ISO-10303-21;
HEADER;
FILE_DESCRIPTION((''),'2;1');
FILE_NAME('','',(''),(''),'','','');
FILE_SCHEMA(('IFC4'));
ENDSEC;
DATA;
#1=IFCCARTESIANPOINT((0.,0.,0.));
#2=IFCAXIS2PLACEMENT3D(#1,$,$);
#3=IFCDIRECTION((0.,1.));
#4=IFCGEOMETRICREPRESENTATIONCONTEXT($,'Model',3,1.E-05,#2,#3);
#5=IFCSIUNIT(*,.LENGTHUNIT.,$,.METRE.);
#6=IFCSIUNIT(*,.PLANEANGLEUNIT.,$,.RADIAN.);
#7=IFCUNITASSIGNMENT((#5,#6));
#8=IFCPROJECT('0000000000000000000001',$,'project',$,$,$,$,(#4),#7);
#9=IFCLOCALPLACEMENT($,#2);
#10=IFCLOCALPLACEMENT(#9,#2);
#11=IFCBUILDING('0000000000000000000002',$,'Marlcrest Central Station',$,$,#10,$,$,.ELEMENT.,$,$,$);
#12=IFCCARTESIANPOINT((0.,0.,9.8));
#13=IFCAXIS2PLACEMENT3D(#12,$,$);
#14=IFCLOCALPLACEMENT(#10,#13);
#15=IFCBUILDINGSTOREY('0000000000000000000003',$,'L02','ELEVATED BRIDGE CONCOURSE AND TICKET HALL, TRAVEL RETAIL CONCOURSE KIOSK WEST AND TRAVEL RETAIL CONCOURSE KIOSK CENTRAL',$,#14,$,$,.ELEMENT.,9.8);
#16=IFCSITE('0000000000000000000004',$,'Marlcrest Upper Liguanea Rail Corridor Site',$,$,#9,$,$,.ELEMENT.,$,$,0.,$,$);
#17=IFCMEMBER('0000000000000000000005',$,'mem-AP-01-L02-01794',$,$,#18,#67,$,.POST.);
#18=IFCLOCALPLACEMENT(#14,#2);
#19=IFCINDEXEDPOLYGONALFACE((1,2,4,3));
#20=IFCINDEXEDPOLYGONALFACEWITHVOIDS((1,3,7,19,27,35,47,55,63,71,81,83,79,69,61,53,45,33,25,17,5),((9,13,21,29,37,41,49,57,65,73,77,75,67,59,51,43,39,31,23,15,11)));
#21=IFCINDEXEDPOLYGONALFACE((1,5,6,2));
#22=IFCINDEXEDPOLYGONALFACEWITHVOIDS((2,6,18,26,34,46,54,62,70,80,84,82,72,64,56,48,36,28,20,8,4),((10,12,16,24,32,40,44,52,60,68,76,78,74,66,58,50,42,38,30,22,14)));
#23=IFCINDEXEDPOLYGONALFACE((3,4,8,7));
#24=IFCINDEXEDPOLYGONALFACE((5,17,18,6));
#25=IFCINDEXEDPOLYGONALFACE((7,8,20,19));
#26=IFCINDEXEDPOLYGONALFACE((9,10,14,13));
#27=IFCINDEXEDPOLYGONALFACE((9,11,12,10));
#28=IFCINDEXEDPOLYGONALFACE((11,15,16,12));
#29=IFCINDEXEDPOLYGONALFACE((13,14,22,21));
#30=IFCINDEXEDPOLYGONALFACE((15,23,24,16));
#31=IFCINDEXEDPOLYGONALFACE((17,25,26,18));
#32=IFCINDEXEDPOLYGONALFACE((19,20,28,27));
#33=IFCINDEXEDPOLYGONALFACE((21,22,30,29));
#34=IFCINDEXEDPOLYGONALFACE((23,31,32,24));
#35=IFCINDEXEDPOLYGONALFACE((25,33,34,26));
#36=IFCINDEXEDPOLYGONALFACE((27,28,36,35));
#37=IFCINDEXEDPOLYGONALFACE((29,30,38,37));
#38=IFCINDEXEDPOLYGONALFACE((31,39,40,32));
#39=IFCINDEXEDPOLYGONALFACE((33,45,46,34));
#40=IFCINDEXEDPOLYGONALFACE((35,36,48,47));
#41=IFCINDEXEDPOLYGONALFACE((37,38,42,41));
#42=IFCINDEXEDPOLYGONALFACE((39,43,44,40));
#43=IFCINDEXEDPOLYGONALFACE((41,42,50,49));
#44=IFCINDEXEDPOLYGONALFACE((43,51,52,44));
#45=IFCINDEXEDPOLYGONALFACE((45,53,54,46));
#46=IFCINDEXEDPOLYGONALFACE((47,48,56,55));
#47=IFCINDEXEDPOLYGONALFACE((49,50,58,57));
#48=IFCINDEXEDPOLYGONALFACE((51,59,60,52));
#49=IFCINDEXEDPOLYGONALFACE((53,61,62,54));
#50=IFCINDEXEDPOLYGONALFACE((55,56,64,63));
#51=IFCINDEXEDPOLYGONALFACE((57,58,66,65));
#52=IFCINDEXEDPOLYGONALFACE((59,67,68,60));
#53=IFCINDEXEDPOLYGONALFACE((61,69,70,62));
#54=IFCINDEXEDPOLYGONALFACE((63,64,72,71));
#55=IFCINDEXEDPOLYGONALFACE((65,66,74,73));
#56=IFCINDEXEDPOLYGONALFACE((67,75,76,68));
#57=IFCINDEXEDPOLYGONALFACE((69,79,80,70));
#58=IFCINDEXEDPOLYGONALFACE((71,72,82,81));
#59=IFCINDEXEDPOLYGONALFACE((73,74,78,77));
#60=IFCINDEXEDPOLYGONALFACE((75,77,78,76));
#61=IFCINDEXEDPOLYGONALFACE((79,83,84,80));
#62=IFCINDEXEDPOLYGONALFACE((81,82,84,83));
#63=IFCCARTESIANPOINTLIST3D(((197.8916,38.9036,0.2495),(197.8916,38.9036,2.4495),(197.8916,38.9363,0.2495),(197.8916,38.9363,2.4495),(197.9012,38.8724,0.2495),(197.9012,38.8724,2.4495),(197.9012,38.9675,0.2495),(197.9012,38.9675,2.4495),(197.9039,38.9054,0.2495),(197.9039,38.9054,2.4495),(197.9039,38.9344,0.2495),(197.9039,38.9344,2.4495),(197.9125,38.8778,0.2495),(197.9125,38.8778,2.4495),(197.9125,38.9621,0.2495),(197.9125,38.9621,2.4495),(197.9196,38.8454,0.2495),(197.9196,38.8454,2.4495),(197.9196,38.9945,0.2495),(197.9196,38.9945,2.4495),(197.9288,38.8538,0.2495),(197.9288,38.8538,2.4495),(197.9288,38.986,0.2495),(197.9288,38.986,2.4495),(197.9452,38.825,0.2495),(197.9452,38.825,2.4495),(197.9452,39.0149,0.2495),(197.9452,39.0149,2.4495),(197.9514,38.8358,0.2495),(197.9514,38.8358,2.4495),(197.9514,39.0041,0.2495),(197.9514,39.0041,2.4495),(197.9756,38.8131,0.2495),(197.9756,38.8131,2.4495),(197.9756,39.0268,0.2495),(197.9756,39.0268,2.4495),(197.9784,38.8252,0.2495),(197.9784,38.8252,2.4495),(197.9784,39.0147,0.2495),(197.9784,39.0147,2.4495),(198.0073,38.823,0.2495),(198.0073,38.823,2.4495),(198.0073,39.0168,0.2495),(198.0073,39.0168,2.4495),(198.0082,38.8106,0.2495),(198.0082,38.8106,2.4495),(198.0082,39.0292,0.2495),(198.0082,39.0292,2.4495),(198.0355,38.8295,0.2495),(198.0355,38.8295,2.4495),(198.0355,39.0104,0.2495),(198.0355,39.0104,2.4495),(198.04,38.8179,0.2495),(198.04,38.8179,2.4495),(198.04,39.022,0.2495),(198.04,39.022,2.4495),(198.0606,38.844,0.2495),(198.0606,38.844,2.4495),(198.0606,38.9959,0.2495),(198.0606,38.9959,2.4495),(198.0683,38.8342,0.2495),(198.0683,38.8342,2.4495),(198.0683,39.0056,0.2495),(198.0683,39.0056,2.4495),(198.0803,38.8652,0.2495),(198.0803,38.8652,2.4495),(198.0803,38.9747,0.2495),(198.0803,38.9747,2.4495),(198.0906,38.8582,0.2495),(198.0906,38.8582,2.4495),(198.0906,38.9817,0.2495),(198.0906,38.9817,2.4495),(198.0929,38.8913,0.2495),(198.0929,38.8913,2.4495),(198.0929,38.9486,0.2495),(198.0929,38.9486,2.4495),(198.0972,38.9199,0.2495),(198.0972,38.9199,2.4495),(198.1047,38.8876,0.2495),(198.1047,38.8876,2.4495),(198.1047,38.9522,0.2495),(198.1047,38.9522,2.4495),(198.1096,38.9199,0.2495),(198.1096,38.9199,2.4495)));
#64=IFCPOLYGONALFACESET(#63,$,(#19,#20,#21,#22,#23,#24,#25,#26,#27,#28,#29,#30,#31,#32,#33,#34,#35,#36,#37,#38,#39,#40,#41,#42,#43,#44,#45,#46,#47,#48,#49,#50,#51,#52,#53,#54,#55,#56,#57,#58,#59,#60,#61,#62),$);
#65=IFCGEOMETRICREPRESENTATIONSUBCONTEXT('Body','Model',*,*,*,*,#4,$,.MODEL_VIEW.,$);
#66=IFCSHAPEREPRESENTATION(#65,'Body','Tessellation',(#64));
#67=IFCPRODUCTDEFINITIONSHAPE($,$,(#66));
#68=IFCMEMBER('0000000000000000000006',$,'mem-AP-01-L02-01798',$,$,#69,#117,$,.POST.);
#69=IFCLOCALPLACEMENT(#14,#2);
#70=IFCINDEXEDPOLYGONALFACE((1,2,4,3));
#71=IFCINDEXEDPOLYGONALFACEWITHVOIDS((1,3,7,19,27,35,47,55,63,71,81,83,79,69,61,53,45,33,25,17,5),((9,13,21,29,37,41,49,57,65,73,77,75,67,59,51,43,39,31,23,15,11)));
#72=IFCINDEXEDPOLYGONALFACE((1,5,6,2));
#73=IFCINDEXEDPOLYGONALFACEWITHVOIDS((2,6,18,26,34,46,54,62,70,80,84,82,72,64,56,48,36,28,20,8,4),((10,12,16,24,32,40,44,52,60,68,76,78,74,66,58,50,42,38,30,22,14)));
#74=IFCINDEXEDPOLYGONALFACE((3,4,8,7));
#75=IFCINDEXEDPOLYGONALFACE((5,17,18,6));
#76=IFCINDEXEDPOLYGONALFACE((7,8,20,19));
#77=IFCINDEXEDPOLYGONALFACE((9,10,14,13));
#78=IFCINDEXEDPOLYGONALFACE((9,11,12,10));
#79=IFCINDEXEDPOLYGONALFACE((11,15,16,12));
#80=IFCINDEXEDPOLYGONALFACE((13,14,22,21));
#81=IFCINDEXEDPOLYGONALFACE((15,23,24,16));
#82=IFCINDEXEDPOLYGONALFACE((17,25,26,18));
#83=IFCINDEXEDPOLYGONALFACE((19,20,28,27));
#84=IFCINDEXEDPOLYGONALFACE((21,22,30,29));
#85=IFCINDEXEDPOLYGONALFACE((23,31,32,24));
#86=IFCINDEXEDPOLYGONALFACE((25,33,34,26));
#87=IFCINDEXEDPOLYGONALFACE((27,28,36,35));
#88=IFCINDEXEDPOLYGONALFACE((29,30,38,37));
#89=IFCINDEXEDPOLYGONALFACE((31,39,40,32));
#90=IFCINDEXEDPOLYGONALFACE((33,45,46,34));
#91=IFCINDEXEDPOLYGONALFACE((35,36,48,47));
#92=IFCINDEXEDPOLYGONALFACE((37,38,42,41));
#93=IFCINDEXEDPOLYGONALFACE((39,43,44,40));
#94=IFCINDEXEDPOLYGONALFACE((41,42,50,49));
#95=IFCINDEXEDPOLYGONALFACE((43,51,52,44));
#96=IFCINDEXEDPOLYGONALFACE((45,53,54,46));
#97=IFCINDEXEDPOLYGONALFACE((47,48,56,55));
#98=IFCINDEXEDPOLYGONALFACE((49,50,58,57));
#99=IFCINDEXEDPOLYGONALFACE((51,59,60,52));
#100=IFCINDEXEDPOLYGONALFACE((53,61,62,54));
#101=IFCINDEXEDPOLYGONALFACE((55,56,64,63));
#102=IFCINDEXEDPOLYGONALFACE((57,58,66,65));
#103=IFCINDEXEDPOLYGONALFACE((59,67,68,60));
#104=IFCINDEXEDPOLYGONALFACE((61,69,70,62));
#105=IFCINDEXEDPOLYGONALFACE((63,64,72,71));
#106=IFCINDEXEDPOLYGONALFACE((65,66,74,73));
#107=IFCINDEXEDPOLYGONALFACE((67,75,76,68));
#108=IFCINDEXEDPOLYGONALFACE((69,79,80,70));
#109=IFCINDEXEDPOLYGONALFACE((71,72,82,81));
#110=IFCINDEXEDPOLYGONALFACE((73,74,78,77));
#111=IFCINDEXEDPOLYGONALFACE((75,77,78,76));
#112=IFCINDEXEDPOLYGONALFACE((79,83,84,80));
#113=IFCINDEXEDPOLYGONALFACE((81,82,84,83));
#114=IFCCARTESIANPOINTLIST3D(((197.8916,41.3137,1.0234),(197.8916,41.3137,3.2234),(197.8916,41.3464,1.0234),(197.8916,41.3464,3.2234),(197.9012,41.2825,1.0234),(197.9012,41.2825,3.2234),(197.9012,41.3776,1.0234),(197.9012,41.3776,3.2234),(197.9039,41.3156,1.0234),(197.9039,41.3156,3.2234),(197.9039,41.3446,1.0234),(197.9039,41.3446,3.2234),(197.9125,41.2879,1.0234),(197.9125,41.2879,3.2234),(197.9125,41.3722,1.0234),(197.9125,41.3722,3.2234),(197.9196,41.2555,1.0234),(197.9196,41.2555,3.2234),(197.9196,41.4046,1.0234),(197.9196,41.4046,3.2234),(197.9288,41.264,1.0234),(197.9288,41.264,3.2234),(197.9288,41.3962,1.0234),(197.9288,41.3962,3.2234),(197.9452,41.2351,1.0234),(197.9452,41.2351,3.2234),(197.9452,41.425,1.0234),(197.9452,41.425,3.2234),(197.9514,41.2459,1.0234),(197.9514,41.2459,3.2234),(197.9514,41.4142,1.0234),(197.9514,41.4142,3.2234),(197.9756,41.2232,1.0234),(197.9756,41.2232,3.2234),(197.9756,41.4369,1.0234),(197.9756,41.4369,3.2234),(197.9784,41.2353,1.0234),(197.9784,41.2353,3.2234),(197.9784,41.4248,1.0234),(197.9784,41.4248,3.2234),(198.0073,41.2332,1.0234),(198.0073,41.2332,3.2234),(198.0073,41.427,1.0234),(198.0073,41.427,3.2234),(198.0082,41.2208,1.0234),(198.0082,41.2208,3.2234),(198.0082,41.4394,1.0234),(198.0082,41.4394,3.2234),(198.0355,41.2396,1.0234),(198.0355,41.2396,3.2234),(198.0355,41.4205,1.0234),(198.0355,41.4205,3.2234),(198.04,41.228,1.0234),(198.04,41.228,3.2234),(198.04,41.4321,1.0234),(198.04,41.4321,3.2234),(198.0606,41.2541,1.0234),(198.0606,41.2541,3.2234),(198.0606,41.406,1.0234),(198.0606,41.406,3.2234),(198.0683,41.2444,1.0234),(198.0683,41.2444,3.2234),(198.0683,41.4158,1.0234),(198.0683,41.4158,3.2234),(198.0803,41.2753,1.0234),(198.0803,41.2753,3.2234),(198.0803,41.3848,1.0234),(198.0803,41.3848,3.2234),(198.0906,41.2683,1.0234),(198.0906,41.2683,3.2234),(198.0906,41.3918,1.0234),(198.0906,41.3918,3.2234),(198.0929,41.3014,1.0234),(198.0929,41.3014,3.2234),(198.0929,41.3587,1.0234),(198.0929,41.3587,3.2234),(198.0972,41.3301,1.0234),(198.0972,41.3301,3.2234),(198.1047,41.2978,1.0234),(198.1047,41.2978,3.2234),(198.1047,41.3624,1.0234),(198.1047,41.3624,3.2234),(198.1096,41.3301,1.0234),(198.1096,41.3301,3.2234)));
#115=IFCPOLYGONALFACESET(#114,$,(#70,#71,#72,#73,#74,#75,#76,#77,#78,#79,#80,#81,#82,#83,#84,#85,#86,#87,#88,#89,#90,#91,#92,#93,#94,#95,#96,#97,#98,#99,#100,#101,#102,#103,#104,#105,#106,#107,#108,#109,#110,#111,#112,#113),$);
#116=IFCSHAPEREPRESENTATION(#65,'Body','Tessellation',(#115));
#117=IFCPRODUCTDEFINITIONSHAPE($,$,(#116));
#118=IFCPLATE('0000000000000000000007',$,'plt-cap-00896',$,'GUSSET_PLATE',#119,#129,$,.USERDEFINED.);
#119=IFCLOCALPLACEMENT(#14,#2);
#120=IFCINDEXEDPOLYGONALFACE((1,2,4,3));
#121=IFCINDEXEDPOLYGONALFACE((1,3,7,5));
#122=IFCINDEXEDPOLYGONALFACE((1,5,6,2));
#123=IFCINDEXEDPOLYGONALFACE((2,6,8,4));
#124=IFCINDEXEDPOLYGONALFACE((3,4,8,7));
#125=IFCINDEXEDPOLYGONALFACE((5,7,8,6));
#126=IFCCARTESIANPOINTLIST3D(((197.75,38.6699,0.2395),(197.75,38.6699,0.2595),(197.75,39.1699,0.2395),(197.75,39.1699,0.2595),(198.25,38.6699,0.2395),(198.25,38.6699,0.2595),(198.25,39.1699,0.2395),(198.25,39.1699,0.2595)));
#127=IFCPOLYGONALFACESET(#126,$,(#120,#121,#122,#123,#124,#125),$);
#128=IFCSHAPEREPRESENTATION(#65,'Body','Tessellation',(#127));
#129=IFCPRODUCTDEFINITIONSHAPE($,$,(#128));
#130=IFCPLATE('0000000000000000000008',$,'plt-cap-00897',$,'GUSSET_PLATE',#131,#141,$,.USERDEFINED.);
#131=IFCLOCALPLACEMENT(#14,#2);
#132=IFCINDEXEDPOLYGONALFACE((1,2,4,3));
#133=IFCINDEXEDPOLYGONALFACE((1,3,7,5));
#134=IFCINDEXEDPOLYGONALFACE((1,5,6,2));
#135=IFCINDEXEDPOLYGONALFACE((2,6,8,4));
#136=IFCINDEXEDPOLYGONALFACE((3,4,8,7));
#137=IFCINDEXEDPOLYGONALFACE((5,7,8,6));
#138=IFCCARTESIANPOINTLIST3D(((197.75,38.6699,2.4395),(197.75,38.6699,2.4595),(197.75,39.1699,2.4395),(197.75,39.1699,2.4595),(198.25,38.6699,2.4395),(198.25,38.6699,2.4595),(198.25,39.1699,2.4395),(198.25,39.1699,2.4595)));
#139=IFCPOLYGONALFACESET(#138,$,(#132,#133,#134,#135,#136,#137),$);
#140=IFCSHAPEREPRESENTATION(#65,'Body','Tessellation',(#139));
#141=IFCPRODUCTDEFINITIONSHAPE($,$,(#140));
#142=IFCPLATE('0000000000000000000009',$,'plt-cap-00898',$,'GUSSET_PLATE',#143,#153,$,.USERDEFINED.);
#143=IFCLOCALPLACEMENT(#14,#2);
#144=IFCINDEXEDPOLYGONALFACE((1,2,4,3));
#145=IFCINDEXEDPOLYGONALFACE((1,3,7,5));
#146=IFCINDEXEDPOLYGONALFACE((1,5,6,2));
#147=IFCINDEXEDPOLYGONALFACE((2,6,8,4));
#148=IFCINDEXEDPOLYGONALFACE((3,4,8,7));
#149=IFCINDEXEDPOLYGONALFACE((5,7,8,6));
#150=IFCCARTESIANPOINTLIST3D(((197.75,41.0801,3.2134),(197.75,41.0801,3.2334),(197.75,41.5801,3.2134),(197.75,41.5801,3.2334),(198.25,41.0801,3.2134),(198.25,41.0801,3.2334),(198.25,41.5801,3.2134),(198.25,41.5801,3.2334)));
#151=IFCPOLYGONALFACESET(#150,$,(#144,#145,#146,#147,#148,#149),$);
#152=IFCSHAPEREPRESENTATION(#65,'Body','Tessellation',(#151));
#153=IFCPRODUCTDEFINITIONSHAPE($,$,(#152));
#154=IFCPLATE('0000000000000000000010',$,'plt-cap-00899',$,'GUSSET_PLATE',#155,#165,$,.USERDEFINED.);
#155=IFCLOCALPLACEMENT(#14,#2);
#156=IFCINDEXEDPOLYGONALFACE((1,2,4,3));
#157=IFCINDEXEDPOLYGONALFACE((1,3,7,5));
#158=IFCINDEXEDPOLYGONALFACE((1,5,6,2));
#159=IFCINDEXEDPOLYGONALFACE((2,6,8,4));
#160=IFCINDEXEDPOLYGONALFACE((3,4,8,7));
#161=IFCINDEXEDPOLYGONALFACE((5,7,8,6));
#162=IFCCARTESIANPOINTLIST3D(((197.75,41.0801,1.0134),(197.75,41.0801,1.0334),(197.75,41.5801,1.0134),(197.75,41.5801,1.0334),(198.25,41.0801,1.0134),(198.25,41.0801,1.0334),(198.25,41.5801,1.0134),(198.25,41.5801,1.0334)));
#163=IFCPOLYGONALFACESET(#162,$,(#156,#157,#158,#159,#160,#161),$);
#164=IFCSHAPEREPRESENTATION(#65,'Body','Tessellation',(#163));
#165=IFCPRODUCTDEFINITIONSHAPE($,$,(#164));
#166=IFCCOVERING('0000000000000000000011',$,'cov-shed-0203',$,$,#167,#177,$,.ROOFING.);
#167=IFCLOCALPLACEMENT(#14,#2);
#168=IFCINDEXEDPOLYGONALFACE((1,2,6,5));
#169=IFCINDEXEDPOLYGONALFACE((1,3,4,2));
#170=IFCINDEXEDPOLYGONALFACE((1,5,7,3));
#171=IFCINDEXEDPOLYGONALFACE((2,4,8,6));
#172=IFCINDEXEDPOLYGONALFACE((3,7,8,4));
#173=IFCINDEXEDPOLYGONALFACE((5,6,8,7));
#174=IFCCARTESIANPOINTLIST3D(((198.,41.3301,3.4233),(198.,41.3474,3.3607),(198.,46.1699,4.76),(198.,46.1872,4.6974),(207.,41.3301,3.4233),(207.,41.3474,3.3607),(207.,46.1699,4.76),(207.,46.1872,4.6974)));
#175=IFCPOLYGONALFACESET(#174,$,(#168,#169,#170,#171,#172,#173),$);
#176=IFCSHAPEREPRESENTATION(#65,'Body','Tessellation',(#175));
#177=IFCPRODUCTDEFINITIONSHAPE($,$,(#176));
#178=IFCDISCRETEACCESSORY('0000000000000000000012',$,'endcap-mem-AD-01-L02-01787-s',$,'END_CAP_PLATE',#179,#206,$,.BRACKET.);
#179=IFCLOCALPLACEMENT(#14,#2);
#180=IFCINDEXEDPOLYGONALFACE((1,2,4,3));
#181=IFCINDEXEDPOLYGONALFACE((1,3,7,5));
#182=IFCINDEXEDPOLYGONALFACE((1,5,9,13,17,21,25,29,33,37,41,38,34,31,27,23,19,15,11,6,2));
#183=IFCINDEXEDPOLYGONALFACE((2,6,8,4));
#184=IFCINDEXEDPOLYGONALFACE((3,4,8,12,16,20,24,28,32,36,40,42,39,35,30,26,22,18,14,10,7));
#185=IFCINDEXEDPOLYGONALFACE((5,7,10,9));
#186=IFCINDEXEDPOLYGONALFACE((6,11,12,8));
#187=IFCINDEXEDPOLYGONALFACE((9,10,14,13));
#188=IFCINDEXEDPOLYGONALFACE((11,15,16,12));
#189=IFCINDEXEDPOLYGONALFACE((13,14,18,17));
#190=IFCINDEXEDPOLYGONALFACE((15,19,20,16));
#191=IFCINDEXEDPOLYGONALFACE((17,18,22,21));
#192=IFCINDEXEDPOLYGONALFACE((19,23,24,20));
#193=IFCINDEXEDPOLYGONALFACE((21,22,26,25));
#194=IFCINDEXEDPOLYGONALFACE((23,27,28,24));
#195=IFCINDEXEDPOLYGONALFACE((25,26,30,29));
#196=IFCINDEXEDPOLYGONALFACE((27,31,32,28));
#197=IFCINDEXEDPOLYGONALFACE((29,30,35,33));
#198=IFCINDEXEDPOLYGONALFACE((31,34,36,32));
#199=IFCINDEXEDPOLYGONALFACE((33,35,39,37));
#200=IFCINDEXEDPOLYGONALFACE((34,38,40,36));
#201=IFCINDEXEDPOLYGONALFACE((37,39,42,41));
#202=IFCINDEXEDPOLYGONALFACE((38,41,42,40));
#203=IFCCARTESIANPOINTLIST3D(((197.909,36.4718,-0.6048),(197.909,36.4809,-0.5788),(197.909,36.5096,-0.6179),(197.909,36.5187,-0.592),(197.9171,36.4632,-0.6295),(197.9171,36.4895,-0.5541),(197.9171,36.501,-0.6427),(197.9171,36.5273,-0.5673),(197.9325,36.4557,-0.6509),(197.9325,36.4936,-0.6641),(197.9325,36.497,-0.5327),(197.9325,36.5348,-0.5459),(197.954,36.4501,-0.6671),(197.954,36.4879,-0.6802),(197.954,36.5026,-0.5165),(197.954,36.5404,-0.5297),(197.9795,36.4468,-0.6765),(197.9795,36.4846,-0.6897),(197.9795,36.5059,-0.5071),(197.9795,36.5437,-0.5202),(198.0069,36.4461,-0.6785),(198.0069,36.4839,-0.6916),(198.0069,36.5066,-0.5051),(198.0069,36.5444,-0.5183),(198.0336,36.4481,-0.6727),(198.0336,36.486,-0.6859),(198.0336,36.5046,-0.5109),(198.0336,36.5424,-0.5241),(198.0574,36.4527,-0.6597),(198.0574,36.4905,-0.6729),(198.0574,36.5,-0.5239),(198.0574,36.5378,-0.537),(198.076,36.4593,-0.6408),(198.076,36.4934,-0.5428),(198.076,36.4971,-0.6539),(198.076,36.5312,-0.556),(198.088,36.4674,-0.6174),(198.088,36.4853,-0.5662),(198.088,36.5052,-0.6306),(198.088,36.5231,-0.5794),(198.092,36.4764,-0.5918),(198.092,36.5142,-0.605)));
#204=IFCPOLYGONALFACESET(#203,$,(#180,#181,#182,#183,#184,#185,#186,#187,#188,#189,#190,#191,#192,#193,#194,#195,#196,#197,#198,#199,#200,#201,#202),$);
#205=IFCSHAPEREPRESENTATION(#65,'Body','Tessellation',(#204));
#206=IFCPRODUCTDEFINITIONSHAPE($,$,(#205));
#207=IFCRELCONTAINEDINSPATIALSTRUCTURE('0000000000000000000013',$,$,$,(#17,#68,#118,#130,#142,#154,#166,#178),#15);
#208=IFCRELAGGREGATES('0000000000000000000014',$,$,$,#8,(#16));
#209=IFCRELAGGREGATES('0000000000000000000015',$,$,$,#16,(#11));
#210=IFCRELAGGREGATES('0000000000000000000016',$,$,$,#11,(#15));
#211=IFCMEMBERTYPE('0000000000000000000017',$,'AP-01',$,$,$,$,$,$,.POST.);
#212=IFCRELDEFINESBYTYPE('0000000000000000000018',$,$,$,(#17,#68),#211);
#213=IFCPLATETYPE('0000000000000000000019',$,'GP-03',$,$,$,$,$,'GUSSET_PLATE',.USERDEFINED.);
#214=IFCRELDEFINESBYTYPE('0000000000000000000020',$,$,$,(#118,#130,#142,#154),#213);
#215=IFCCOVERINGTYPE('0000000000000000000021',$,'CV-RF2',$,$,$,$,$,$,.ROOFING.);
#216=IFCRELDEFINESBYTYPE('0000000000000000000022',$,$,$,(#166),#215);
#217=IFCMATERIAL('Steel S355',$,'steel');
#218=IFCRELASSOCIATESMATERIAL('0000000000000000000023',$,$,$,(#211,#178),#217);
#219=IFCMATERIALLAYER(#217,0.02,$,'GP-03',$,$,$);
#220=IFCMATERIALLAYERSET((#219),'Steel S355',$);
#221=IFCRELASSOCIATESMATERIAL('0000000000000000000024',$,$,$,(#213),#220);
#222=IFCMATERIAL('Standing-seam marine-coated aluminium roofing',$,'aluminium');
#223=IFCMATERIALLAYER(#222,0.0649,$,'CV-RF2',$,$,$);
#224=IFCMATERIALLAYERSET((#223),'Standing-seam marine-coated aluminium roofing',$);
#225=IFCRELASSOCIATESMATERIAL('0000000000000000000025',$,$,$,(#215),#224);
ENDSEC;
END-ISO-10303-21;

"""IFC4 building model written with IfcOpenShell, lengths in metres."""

from ifc_helpers import new_model, si_unit, direction, frame, origin, origin_2d, place, context, subcontext, project, spatial, polyline, rectangle, circle, hollow_circle, outline, extrude, material, layer, layer_set, material_profile, profile_set, type_object, element, save


model = new_model("IFC4")

# Units and contexts
model_context = context("Model", 3, precision=1e-05, world=origin(), true_north=direction((0.0, 1.0)))
body_context = subcontext(model_context, "Body", "Model", "MODEL_VIEW")
ifc_project = project(units=[si_unit("LENGTHUNIT", "METRE"), si_unit("PLANEANGLEUNIT", "RADIAN")], contexts=[model_context])

# Site, building, storey
site_placement = place(None, origin())
site = spatial("IfcSite", under=ifc_project, at=site_placement, Name="Marlcrest Upper Liguanea Rail Corridor Site", CompositionType="ELEMENT", RefElevation=0.0)
building_placement = place(site_placement, origin())
building = spatial("IfcBuilding", under=site, at=building_placement, Name="Marlcrest Central Station", CompositionType="ELEMENT")
storey_placement = place(building_placement, frame((0.0, 0.0, 9.8)))
storey = spatial("IfcBuildingStorey", under=building, at=storey_placement, Name="L02", Description="ELEVATED BRIDGE CONCOURSE AND TICKET HALL, TRAVEL RETAIL CONCOURSE KIOSK WEST AND TRAVEL RETAIL CONCOURSE KIOSK CENTRAL", CompositionType="ELEMENT", Elevation=9.8)

# Members
ifc_material_1 = material(Name="Steel S355", Category="steel")
ifc_material_profile_1 = material_profile(ifc_material_1, hollow_circle(Radius=0.1096, WallThickness=0.0125, at=origin_2d()), Name="CHS 219.1x12.5")
ifc_profile_set_1 = profile_set([ifc_material_profile_1], Name="Steel S355")
member_type_1 = type_object("IfcMemberType", Name="AP-01", PredefinedType="POST", material=ifc_profile_set_1)
for number, where, z_axis, x_axis, name in (
    (1, (198.0, 38.9199, 0.2495), (0.0, 0.0, 1.0), (1.0, 0.0, 0.0), "mem-AP-01-L02-01794"),
    (2, (198.0, 41.3301, 1.0234), (0.0, 0.0, 1.0), (1.0, 0.0, 0.0), "mem-AP-01-L02-01798"),
):
    element("IfcMember", number, at=place(storey_placement, frame(where, z_axis=z_axis, x_axis=x_axis)), inside=storey, type_object=member_type_1, Name=name, PredefinedType="POST", context=body_context, shape_type="SweptSolid", body=[
        extrude(hollow_circle(Radius=0.1096, WallThickness=0.0125, at=origin_2d()), origin(), (0.0, 0.0, 1.0), 2.2),
    ])

# Plates
ifc_layer_1 = layer(ifc_material_1, 0.02, Name="GP-03")
ifc_layer_set_1 = layer_set([ifc_layer_1], Name="Steel S355")
plate_type = type_object("IfcPlateType", Name="GP-03", ElementType="GUSSET_PLATE", PredefinedType="USERDEFINED", material=ifc_layer_set_1)
for number, where, z_axis, x_axis, name in (
    (3, (198.0, 38.9199, 0.2395), (0.0, 0.0, 1.0), (1.0, 0.0, 0.0), "plt-cap-00896"),
    (4, (198.0, 38.9199, 2.4395), (0.0, 0.0, 1.0), (1.0, 0.0, 0.0), "plt-cap-00897"),
    (5, (198.0, 41.3301, 3.2134), (0.0, 0.0, 1.0), (1.0, 0.0, 0.0), "plt-cap-00898"),
    (6, (198.0, 41.3301, 1.0134), (0.0, 0.0, 1.0), (1.0, 0.0, 0.0), "plt-cap-00899"),
):
    element("IfcPlate", number, at=place(storey_placement, frame(where, z_axis=z_axis, x_axis=x_axis)), inside=storey, type_object=plate_type, Name=name, ObjectType="GUSSET_PLATE", PredefinedType="USERDEFINED", context=body_context, shape_type="SweptSolid", body=[
        extrude(rectangle(XDim=0.5, YDim=0.5, at=origin_2d()), origin(), (0.0, 0.0, 1.0), 0.02),
    ])

# Covering
ifc_material_2 = material(Name="Standing-seam marine-coated aluminium roofing", Category="aluminium")
ifc_layer_2 = layer(ifc_material_2, 0.0649, Name="CV-RF2")
ifc_layer_set_2 = layer_set([ifc_layer_2], Name="Standing-seam marine-coated aluminium roofing")
covering_type = type_object("IfcCoveringType", Name="CV-RF2", PredefinedType="ROOFING", material=ifc_layer_set_2)
covering_placement = place(storey_placement, frame((198.0, 41.3301, 3.4233), z_axis=(0.0, -0.266214, 0.963914), x_axis=(1.0, 0.0, 0.0)))
element("IfcCovering", 7, at=covering_placement, inside=storey, type_object=covering_type, Name="cov-shed-0203", PredefinedType="ROOFING", context=body_context, shape_type="SweptSolid", body=[
    extrude(outline(polyline([(0.0, 0.0), (9.0, 0.0), (9.0, 5.021), (0.0, 5.021), (0.0, 0.0)])), origin(), (0.0, 0.0, -1.0), 0.0649),
])

# Discrete accessory
discrete_accessory_1_placement = place(storey_placement, frame((198.0, 36.5142, -0.605), z_axis=(0.0, -0.94426, 0.3292), x_axis=(1.0, 0.0, 0.0)))
element("IfcDiscreteAccessory", 8, at=discrete_accessory_1_placement, inside=storey, material=ifc_material_1, Name="endcap-mem-AD-01-L02-01787-s", ObjectType="END_CAP_PLATE", PredefinedType="BRACKET", context=body_context, shape_type="SweptSolid", body=[
    extrude(circle(Radius=0.092, at=origin_2d()), origin(), (0.0, 0.0, 1.0), 0.04),
])

save(model, "model.ifc")
